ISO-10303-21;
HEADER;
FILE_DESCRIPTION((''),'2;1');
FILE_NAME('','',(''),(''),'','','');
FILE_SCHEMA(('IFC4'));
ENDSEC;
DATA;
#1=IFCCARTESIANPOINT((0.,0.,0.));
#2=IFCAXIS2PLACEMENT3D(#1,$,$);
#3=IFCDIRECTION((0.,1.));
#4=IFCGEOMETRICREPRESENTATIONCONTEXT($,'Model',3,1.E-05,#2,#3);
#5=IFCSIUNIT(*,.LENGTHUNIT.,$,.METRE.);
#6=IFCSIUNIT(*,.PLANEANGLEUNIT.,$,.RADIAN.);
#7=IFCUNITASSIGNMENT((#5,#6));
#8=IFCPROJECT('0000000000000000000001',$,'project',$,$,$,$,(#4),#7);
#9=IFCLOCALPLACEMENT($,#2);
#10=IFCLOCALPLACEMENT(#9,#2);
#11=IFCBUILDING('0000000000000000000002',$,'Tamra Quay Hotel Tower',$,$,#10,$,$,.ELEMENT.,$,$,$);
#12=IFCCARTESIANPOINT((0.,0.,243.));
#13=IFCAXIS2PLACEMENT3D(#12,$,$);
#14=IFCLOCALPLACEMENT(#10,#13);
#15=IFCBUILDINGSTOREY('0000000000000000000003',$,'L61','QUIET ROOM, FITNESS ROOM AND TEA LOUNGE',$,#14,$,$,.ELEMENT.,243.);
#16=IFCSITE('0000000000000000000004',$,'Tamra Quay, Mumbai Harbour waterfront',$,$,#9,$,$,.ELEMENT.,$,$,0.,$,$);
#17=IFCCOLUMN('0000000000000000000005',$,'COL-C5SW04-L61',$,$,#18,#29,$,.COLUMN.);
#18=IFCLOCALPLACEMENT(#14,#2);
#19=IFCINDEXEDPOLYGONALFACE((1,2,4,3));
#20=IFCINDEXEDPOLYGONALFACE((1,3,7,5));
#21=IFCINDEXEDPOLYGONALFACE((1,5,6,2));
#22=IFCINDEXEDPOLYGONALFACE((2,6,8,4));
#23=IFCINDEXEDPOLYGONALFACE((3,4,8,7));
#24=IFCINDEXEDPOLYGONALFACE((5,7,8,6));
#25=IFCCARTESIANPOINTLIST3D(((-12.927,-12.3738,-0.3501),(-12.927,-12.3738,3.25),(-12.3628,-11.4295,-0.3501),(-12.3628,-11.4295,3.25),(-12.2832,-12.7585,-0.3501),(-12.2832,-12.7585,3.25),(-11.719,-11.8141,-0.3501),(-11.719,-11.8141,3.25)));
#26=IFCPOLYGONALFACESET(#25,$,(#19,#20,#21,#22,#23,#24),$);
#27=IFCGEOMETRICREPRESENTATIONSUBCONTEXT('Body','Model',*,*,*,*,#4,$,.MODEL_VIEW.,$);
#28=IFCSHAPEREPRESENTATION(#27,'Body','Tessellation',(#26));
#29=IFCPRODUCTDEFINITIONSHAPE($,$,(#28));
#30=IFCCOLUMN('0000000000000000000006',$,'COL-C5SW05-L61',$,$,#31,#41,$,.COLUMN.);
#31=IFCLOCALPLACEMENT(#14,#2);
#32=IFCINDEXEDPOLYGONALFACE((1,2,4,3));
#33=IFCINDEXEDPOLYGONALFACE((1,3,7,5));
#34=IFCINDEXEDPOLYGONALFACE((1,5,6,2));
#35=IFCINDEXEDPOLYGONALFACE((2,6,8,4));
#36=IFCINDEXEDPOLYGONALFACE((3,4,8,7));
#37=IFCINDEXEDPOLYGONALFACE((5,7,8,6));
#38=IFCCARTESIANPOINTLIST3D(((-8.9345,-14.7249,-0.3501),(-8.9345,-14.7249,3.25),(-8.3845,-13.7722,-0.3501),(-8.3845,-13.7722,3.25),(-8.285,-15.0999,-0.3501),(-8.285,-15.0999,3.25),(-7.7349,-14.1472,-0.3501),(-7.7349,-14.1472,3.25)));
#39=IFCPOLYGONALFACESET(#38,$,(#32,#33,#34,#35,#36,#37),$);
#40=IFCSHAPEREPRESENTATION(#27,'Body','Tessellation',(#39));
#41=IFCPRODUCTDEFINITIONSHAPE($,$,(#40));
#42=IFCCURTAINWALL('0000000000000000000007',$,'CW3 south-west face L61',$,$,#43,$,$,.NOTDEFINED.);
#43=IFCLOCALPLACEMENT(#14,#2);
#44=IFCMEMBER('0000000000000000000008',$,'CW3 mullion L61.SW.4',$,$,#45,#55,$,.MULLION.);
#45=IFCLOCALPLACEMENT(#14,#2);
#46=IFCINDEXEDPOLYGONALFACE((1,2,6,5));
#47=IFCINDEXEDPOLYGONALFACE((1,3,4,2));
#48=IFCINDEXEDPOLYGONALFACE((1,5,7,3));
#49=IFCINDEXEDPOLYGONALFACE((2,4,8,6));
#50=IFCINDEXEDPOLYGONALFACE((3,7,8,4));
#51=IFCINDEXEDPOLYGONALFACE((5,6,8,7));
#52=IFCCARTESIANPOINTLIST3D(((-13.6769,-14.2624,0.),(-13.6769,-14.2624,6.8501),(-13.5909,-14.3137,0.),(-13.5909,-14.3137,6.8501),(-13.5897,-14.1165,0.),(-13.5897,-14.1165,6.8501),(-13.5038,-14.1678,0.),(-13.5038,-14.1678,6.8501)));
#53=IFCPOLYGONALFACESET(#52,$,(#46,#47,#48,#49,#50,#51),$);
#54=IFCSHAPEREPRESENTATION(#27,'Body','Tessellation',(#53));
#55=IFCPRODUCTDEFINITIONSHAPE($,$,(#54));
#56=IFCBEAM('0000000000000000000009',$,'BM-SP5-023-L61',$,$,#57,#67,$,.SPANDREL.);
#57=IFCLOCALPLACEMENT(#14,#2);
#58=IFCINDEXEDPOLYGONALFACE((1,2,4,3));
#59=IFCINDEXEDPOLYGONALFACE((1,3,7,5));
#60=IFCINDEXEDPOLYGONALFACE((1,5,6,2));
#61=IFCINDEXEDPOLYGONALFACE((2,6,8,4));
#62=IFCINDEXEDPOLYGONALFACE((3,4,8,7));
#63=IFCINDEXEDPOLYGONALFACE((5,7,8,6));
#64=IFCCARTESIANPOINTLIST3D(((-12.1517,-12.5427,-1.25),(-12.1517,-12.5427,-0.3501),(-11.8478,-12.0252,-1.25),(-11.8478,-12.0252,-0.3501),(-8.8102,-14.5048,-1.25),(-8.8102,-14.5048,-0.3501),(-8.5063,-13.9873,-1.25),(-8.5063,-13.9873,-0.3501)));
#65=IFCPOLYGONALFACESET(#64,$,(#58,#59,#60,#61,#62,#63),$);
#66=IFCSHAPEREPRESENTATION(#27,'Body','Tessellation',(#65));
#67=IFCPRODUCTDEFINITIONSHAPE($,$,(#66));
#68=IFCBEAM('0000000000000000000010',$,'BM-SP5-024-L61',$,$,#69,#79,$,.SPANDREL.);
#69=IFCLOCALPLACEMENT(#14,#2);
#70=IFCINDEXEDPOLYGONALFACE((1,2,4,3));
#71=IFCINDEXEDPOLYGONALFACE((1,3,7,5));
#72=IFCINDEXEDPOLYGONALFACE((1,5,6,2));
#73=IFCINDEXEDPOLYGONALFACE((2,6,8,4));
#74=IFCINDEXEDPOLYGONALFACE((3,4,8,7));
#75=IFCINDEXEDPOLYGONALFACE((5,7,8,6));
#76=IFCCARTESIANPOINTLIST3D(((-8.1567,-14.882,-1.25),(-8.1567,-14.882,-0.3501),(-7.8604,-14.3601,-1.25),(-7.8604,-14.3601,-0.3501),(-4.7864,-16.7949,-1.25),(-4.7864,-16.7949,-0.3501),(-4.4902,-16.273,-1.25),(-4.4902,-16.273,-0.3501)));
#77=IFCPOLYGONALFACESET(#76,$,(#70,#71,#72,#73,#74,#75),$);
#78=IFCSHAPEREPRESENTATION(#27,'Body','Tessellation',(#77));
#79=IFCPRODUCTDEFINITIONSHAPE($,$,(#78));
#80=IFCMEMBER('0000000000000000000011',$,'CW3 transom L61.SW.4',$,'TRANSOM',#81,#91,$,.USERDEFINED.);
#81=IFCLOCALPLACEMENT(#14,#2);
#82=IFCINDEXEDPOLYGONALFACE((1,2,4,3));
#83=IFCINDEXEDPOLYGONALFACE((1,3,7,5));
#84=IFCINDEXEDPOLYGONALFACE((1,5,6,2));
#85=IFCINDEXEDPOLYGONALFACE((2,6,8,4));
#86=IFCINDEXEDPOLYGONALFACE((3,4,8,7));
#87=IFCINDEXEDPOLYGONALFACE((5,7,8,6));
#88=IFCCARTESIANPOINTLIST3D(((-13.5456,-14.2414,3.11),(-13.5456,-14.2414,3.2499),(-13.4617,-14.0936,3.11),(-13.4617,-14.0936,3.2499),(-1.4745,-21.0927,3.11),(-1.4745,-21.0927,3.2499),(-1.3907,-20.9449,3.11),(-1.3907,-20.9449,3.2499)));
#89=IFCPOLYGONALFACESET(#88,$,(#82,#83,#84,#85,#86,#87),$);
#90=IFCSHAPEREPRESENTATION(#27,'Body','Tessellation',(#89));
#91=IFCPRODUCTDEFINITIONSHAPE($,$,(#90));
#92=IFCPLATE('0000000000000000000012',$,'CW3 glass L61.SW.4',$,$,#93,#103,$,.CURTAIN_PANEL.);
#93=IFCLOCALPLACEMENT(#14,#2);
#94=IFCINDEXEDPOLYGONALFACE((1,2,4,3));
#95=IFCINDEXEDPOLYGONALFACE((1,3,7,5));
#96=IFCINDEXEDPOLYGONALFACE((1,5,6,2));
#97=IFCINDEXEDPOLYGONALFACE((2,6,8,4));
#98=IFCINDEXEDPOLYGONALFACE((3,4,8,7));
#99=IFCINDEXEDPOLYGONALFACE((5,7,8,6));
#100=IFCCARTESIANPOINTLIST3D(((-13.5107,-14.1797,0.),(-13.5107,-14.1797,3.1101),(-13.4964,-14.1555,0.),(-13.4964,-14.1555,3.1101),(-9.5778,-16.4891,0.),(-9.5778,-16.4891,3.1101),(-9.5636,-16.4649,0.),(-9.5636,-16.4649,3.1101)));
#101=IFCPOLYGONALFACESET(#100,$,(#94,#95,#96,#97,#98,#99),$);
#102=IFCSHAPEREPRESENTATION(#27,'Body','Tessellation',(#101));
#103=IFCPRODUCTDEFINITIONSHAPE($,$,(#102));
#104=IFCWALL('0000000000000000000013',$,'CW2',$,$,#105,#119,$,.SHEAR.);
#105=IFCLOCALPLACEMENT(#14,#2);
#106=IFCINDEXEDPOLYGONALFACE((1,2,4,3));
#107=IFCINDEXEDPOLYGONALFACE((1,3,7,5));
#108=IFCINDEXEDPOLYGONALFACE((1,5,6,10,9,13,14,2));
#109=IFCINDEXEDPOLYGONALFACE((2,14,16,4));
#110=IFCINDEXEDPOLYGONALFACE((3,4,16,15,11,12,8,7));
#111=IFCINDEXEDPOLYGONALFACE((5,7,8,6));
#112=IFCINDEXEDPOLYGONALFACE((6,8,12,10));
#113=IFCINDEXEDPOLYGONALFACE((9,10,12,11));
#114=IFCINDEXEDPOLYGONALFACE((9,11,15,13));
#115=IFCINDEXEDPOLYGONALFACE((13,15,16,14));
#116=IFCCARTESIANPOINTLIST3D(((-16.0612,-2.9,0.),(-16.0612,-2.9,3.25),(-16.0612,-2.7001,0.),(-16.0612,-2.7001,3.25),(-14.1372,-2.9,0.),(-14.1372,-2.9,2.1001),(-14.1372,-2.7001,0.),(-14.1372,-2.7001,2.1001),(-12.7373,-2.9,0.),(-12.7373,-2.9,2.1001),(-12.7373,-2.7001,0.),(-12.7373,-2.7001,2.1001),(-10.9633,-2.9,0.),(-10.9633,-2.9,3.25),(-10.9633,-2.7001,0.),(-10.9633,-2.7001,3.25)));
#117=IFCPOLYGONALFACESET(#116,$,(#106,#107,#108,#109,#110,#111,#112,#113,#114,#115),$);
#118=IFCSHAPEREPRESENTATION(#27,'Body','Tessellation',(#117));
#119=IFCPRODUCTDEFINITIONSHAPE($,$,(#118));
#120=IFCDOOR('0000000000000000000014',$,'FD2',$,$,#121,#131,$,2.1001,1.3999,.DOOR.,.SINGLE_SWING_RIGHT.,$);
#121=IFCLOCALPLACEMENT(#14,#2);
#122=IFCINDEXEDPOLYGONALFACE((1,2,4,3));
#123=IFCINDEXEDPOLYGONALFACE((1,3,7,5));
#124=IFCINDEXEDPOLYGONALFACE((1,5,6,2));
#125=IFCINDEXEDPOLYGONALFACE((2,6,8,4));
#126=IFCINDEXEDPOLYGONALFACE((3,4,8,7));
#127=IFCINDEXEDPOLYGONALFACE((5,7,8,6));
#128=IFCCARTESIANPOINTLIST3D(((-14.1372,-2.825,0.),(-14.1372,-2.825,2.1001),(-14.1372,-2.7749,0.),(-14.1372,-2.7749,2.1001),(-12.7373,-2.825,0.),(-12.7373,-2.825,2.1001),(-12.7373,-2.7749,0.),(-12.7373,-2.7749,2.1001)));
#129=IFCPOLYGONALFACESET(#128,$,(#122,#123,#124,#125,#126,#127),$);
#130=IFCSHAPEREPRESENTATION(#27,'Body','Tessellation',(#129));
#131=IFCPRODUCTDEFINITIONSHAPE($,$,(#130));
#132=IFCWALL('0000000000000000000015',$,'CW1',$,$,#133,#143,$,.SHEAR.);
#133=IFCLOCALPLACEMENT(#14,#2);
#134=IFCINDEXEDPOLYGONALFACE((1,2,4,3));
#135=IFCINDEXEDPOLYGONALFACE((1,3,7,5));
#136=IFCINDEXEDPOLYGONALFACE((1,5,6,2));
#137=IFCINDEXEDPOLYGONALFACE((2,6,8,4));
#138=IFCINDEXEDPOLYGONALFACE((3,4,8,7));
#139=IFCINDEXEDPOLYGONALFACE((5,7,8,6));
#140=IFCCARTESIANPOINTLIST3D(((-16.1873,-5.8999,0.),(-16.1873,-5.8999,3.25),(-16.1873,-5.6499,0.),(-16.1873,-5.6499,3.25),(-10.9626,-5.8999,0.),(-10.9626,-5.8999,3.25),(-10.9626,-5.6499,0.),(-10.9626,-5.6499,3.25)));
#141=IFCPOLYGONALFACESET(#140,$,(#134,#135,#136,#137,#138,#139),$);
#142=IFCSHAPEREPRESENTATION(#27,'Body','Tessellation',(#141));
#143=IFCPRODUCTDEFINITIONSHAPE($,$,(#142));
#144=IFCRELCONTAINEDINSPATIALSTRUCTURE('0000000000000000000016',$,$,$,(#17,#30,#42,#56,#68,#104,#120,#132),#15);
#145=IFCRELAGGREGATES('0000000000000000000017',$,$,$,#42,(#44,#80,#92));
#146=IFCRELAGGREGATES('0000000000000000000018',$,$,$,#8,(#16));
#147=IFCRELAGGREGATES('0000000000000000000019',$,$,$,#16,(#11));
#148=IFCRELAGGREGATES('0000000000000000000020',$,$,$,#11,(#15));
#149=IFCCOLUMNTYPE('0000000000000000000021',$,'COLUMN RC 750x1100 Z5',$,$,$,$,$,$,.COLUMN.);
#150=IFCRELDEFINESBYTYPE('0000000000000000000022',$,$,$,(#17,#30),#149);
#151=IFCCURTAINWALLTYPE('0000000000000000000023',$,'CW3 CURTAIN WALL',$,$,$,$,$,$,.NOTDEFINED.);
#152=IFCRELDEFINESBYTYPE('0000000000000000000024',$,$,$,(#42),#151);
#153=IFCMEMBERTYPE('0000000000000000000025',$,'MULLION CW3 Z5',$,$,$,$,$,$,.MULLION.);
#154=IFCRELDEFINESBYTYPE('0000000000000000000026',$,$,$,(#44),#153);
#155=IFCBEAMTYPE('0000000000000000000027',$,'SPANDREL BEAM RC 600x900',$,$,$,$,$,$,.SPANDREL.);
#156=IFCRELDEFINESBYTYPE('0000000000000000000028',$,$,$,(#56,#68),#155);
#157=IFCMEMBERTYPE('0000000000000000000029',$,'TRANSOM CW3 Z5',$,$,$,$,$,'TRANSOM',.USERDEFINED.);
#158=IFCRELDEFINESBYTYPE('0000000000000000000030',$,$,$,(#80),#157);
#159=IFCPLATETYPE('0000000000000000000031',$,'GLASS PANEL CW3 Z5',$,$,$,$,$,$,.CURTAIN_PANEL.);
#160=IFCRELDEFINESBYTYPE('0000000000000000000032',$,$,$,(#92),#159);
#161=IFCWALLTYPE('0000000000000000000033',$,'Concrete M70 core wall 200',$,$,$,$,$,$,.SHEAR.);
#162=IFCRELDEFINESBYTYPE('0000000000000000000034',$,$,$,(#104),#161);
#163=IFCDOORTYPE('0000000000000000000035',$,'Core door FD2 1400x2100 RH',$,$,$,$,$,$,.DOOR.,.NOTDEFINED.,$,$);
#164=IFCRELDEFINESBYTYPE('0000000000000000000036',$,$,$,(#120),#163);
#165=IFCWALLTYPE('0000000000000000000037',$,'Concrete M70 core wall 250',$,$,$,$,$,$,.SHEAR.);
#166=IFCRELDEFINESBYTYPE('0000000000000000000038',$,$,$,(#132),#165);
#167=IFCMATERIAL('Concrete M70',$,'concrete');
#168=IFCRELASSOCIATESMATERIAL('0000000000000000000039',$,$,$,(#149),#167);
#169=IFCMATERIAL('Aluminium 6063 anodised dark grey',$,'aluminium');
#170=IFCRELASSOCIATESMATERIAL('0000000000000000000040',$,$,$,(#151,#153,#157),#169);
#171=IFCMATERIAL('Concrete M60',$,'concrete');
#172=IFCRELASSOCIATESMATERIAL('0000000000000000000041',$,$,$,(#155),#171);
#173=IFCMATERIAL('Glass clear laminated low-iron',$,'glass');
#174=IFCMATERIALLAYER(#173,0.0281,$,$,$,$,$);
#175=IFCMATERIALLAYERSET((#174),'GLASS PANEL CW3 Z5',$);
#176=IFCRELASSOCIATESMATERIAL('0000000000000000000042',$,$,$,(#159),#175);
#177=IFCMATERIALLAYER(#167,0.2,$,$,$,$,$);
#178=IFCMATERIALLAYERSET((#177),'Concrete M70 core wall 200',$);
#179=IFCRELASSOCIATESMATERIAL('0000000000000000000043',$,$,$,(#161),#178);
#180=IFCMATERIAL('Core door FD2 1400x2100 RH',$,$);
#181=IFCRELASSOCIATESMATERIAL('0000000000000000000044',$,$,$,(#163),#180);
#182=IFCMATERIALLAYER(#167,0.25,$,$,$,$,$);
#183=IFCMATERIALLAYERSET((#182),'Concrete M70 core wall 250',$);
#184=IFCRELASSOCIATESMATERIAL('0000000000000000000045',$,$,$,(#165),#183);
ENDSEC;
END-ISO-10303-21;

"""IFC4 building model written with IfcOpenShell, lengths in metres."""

from ifc_helpers import new_model, si_unit, direction, frame, frame_2d, origin, origin_2d, place, context, subcontext, project, spatial, rectangle, extrude, material, layer, layer_set, material_profile, profile_set, type_object, element, fill, aggregate, save


model = new_model("IFC4")

# Units and contexts
model_context = context("Model", 3, precision=1e-05, world=origin(), true_north=direction((0.0, 1.0)))
body_context = subcontext(model_context, "Body", "Model", "MODEL_VIEW")
ifc_project = project(units=[si_unit("LENGTHUNIT", "METRE"), si_unit("PLANEANGLEUNIT", "RADIAN")], contexts=[model_context])

# Site, building, storey
site_placement = place(None, origin())
site = spatial("IfcSite", under=ifc_project, at=site_placement, Name="Tamra Quay, Mumbai Harbour waterfront", CompositionType="ELEMENT", RefElevation=0.0)
building_placement = place(site_placement, origin())
building = spatial("IfcBuilding", under=site, at=building_placement, Name="Tamra Quay Hotel Tower", CompositionType="ELEMENT")
storey_placement = place(building_placement, frame((0.0, 0.0, 243.0)))
storey = spatial("IfcBuildingStorey", under=building, at=storey_placement, Name="L61", Description="QUIET ROOM, FITNESS ROOM AND TEA LOUNGE", CompositionType="ELEMENT", Elevation=243.0)

# Columns
ifc_material_1 = material(Name="Concrete M70", Category="concrete")
ifc_material_profile_1 = material_profile(ifc_material_1, rectangle(XDim=1.1001, YDim=0.75, at=origin_2d()), Name="COLUMN RC 750x1100 Z5")
ifc_profile_set_1 = profile_set([ifc_material_profile_1], Name="Concrete M70")
column_type = type_object("IfcColumnType", Name="COLUMN RC 750x1100 Z5", PredefinedType="COLUMN", material=ifc_profile_set_1)
for number, where, z_axis, x_axis, name in (
    (1, (-12.323, -12.094, -0.3501), (0.0, 0.0, 1.0), (0.512899, 0.858449, 0.0), "COL-C5SW04-L61"),
    (2, (-8.3347, -14.436, -0.3501), (0.0, 0.0, 1.0), (0.5, 0.866025, 0.0), "COL-C5SW05-L61"),
):
    element("IfcColumn", number, at=place(storey_placement, frame(where, z_axis=z_axis, x_axis=x_axis)), inside=storey, type_object=column_type, Name=name, PredefinedType="COLUMN", context=body_context, shape_type="SweptSolid", body=[
        extrude(rectangle(XDim=1.1001, YDim=0.75, at=origin_2d()), origin(), (0.0, 0.0, 1.0), 3.6001),
    ])

# Curtain wall, member
ifc_material_2 = material(Name="Aluminium 6063 anodised dark grey", Category="aluminium")
curtain_wall_type = type_object("IfcCurtainWallType", Name="CW3 CURTAIN WALL", PredefinedType="NOTDEFINED", material=ifc_material_2)
curtain_wall_placement = place(storey_placement, origin())
curtain_wall = element("IfcCurtainWall", 3, at=curtain_wall_placement, inside=storey, type_object=curtain_wall_type, Name="CW3 south-west face L61", PredefinedType="NOTDEFINED")
ifc_material_profile_2 = material_profile(ifc_material_2, rectangle(XDim=0.1699, YDim=0.1001, at=origin_2d()), Name="MULLION 100X170")
ifc_profile_set_2 = profile_set([ifc_material_profile_2], Name="Aluminium 6063 anodised dark grey")
member_type_1 = type_object("IfcMemberType", Name="MULLION CW3 Z5", PredefinedType="MULLION", material=ifc_profile_set_2)
member_1_placement = place(storey_placement, frame((-13.5903, -14.2151, 0.0), z_axis=(0.0, 0.0, 1.0), x_axis=(-0.512688, -0.858575, 0.0)))
member_1 = element("IfcMember", 4, at=member_1_placement, type_object=member_type_1, Name="CW3 mullion L61.SW.4", PredefinedType="MULLION", context=body_context, shape_type="SweptSolid", body=[
    extrude(rectangle(XDim=0.1699, YDim=0.1001, at=origin_2d()), origin(), (0.0, 0.0, 1.0), 6.8501),
])

# Beams
ifc_material_3 = material(Name="Concrete M60", Category="concrete")
ifc_material_profile_3 = material_profile(ifc_material_3, rectangle(XDim=0.6001, YDim=0.8999, at=origin_2d()), Name="SPANDREL BEAM RC 600x900")
ifc_profile_set_3 = profile_set([ifc_material_profile_3], Name="Concrete M60")
beam_type = type_object("IfcBeamType", Name="SPANDREL BEAM RC 600x900", PredefinedType="SPANDREL", material=ifc_profile_set_3)
beam_1_placement = place(storey_placement, frame((-11.9998, -12.2839, -0.8), z_axis=(0.862324, -0.506356, 0.0), x_axis=(0.506356, 0.862324, 0.0)))
element("IfcBeam", 5, at=beam_1_placement, inside=storey, type_object=beam_type, Name="BM-SP5-023-L61", PredefinedType="SPANDREL", context=body_context, shape_type="SweptSolid", body=[
    extrude(rectangle(XDim=0.6001, YDim=0.8999, at=origin_2d()), origin(), (0.0, 0.0, 1.0), 3.875),
])
beam_2_placement = place(storey_placement, frame((-8.0085, -14.6211, -0.8), z_axis=(0.869678, -0.49362, 0.0), x_axis=(0.49362, 0.869678, 0.0)))
element("IfcBeam", 6, at=beam_2_placement, inside=storey, type_object=beam_type, Name="BM-SP5-024-L61", PredefinedType="SPANDREL", context=body_context, shape_type="SweptSolid", body=[
    extrude(rectangle(XDim=0.6001, YDim=0.8999, at=origin_2d()), origin(), (0.0, 0.0, 1.0), 3.8752),
])

# Member
ifc_material_profile_4 = material_profile(ifc_material_2, rectangle(XDim=0.1699, YDim=0.1399, at=origin_2d()), Name="TRANSOM 170X140")
ifc_profile_set_4 = profile_set([ifc_material_profile_4], Name="Aluminium 6063 anodised dark grey")
member_type_2 = type_object("IfcMemberType", Name="TRANSOM CW3 Z5", ElementType="TRANSOM", PredefinedType="USERDEFINED", material=ifc_profile_set_4)
member_2_placement = place(storey_placement, frame((-13.5037, -14.1675, 3.1799), z_axis=(0.86968, -0.493616, 0.0), x_axis=(0.493616, 0.86968, 0.0)))
member_2 = element("IfcMember", 7, at=member_2_placement, type_object=member_type_2, Name="CW3 transom L61.SW.4", ObjectType="TRANSOM", PredefinedType="USERDEFINED", context=body_context, shape_type="SweptSolid", body=[
    extrude(rectangle(XDim=0.1699, YDim=0.1399, at=origin_2d()), origin(), (0.0, 0.0, 1.0), 13.8799),
])

# Plate
ifc_material_4 = material(Name="Glass clear laminated low-iron", Category="glass")
ifc_layer_1 = layer(ifc_material_4, 0.0281)
ifc_layer_set_1 = layer_set([ifc_layer_1], Name="GLASS PANEL CW3 Z5")
plate_type = type_object("IfcPlateType", Name="GLASS PANEL CW3 Z5", PredefinedType="CURTAIN_PANEL", material=ifc_layer_set_1)
plate_placement = place(storey_placement, frame((-11.5371, -15.3223, 0.0), z_axis=(0.0, 0.0, 1.0), x_axis=(0.862321, -0.506362, 0.0)))
plate = element("IfcPlate", 8, at=plate_placement, type_object=plate_type, Name="CW3 glass L61.SW.4", PredefinedType="CURTAIN_PANEL", context=body_context, shape_type="SweptSolid", body=[
    extrude(rectangle(XDim=4.5608, YDim=0.0281, at=origin_2d()), origin(), (0.0, 0.0, 1.0), 3.1101),
])
aggregate(curtain_wall, [member_1, member_2, plate])

# Wall, opening, door
ifc_layer_2 = layer(ifc_material_1, 0.2)
ifc_layer_set_2 = layer_set([ifc_layer_2], Name="Concrete M70 core wall 200")
wall_type_1 = type_object("IfcWallType", Name="Concrete M70 core wall 200", PredefinedType="SHEAR", material=ifc_layer_set_2)
wall_1_placement = place(storey_placement, frame((-10.9634, -2.8, 0.0), z_axis=(0.0, 0.0, 1.0), x_axis=(-1.0, 0.0, 0.0)))
wall_1 = element("IfcWall", 9, at=wall_1_placement, inside=storey, type_object=wall_type_1, Name="CW2", PredefinedType="SHEAR", context=body_context, shape_type="SweptSolid", body=[
    extrude(rectangle(XDim=5.0979, YDim=0.2, at=frame_2d((2.5488, 0.0))), origin(), (0.0, 0.0, 1.0), 3.25),
])
opening_1_placement = place(wall_1_placement, frame((1.7739, 0.0, 0.0)))
opening_1 = element("IfcOpeningElement", 10, at=opening_1_placement, cuts=wall_1, PredefinedType="OPENING", context=body_context, shape_type="SweptSolid", body=[
    extrude(rectangle(XDim=1.3999, YDim=2.1001, at=frame_2d((0.7, 1.05))), frame((0.0, 0.1099, 0.0), z_axis=(0.0, -1.0, 0.0), x_axis=(1.0, 0.0, 0.0)), (0.0, 0.0, 1.0), 0.22),
])
ifc_material_5 = material(Name="Core door FD2 1400x2100 RH")
door_type_1 = type_object("IfcDoorType", Name="Core door FD2 1400x2100 RH", OperationType="NOTDEFINED", PredefinedType="DOOR", material=ifc_material_5)
door_1_placement = place(opening_1_placement, origin())
door_1 = element("IfcDoor", 11, at=door_1_placement, inside=storey, type_object=door_type_1, Name="FD2", OperationType="SINGLE_SWING_RIGHT", OverallHeight=2.1001, OverallWidth=1.3999, PredefinedType="DOOR", context=body_context, shape_type="SweptSolid", body=[
    extrude(rectangle(XDim=1.3999, YDim=2.1001, at=frame_2d((0.7, 1.05))), frame((0.0, 0.0249, 0.0), z_axis=(0.0, -1.0, 0.0), x_axis=(1.0, 0.0, 0.0)), (0.0, 0.0, 1.0), 0.05),
])
fill(opening_1, door_1)

# Wall
ifc_layer_3 = layer(ifc_material_1, 0.25)
ifc_layer_set_3 = layer_set([ifc_layer_3], Name="Concrete M70 core wall 250")
wall_type_2 = type_object("IfcWallType", Name="Concrete M70 core wall 250", PredefinedType="SHEAR", material=ifc_layer_set_3)
wall_2_placement = place(storey_placement, frame((-10.9626, -5.7749, 0.0), z_axis=(0.0, 0.0, 1.0), x_axis=(-1.0, 0.0, 0.0)))
element("IfcWall", 12, at=wall_2_placement, inside=storey, type_object=wall_type_2, Name="CW1", PredefinedType="SHEAR", context=body_context, shape_type="SweptSolid", body=[
    extrude(rectangle(XDim=5.2246, YDim=0.25, at=frame_2d((2.6123, 0.0))), origin(), (0.0, 0.0, 1.0), 3.25),
])

save(model, "model.ifc")
